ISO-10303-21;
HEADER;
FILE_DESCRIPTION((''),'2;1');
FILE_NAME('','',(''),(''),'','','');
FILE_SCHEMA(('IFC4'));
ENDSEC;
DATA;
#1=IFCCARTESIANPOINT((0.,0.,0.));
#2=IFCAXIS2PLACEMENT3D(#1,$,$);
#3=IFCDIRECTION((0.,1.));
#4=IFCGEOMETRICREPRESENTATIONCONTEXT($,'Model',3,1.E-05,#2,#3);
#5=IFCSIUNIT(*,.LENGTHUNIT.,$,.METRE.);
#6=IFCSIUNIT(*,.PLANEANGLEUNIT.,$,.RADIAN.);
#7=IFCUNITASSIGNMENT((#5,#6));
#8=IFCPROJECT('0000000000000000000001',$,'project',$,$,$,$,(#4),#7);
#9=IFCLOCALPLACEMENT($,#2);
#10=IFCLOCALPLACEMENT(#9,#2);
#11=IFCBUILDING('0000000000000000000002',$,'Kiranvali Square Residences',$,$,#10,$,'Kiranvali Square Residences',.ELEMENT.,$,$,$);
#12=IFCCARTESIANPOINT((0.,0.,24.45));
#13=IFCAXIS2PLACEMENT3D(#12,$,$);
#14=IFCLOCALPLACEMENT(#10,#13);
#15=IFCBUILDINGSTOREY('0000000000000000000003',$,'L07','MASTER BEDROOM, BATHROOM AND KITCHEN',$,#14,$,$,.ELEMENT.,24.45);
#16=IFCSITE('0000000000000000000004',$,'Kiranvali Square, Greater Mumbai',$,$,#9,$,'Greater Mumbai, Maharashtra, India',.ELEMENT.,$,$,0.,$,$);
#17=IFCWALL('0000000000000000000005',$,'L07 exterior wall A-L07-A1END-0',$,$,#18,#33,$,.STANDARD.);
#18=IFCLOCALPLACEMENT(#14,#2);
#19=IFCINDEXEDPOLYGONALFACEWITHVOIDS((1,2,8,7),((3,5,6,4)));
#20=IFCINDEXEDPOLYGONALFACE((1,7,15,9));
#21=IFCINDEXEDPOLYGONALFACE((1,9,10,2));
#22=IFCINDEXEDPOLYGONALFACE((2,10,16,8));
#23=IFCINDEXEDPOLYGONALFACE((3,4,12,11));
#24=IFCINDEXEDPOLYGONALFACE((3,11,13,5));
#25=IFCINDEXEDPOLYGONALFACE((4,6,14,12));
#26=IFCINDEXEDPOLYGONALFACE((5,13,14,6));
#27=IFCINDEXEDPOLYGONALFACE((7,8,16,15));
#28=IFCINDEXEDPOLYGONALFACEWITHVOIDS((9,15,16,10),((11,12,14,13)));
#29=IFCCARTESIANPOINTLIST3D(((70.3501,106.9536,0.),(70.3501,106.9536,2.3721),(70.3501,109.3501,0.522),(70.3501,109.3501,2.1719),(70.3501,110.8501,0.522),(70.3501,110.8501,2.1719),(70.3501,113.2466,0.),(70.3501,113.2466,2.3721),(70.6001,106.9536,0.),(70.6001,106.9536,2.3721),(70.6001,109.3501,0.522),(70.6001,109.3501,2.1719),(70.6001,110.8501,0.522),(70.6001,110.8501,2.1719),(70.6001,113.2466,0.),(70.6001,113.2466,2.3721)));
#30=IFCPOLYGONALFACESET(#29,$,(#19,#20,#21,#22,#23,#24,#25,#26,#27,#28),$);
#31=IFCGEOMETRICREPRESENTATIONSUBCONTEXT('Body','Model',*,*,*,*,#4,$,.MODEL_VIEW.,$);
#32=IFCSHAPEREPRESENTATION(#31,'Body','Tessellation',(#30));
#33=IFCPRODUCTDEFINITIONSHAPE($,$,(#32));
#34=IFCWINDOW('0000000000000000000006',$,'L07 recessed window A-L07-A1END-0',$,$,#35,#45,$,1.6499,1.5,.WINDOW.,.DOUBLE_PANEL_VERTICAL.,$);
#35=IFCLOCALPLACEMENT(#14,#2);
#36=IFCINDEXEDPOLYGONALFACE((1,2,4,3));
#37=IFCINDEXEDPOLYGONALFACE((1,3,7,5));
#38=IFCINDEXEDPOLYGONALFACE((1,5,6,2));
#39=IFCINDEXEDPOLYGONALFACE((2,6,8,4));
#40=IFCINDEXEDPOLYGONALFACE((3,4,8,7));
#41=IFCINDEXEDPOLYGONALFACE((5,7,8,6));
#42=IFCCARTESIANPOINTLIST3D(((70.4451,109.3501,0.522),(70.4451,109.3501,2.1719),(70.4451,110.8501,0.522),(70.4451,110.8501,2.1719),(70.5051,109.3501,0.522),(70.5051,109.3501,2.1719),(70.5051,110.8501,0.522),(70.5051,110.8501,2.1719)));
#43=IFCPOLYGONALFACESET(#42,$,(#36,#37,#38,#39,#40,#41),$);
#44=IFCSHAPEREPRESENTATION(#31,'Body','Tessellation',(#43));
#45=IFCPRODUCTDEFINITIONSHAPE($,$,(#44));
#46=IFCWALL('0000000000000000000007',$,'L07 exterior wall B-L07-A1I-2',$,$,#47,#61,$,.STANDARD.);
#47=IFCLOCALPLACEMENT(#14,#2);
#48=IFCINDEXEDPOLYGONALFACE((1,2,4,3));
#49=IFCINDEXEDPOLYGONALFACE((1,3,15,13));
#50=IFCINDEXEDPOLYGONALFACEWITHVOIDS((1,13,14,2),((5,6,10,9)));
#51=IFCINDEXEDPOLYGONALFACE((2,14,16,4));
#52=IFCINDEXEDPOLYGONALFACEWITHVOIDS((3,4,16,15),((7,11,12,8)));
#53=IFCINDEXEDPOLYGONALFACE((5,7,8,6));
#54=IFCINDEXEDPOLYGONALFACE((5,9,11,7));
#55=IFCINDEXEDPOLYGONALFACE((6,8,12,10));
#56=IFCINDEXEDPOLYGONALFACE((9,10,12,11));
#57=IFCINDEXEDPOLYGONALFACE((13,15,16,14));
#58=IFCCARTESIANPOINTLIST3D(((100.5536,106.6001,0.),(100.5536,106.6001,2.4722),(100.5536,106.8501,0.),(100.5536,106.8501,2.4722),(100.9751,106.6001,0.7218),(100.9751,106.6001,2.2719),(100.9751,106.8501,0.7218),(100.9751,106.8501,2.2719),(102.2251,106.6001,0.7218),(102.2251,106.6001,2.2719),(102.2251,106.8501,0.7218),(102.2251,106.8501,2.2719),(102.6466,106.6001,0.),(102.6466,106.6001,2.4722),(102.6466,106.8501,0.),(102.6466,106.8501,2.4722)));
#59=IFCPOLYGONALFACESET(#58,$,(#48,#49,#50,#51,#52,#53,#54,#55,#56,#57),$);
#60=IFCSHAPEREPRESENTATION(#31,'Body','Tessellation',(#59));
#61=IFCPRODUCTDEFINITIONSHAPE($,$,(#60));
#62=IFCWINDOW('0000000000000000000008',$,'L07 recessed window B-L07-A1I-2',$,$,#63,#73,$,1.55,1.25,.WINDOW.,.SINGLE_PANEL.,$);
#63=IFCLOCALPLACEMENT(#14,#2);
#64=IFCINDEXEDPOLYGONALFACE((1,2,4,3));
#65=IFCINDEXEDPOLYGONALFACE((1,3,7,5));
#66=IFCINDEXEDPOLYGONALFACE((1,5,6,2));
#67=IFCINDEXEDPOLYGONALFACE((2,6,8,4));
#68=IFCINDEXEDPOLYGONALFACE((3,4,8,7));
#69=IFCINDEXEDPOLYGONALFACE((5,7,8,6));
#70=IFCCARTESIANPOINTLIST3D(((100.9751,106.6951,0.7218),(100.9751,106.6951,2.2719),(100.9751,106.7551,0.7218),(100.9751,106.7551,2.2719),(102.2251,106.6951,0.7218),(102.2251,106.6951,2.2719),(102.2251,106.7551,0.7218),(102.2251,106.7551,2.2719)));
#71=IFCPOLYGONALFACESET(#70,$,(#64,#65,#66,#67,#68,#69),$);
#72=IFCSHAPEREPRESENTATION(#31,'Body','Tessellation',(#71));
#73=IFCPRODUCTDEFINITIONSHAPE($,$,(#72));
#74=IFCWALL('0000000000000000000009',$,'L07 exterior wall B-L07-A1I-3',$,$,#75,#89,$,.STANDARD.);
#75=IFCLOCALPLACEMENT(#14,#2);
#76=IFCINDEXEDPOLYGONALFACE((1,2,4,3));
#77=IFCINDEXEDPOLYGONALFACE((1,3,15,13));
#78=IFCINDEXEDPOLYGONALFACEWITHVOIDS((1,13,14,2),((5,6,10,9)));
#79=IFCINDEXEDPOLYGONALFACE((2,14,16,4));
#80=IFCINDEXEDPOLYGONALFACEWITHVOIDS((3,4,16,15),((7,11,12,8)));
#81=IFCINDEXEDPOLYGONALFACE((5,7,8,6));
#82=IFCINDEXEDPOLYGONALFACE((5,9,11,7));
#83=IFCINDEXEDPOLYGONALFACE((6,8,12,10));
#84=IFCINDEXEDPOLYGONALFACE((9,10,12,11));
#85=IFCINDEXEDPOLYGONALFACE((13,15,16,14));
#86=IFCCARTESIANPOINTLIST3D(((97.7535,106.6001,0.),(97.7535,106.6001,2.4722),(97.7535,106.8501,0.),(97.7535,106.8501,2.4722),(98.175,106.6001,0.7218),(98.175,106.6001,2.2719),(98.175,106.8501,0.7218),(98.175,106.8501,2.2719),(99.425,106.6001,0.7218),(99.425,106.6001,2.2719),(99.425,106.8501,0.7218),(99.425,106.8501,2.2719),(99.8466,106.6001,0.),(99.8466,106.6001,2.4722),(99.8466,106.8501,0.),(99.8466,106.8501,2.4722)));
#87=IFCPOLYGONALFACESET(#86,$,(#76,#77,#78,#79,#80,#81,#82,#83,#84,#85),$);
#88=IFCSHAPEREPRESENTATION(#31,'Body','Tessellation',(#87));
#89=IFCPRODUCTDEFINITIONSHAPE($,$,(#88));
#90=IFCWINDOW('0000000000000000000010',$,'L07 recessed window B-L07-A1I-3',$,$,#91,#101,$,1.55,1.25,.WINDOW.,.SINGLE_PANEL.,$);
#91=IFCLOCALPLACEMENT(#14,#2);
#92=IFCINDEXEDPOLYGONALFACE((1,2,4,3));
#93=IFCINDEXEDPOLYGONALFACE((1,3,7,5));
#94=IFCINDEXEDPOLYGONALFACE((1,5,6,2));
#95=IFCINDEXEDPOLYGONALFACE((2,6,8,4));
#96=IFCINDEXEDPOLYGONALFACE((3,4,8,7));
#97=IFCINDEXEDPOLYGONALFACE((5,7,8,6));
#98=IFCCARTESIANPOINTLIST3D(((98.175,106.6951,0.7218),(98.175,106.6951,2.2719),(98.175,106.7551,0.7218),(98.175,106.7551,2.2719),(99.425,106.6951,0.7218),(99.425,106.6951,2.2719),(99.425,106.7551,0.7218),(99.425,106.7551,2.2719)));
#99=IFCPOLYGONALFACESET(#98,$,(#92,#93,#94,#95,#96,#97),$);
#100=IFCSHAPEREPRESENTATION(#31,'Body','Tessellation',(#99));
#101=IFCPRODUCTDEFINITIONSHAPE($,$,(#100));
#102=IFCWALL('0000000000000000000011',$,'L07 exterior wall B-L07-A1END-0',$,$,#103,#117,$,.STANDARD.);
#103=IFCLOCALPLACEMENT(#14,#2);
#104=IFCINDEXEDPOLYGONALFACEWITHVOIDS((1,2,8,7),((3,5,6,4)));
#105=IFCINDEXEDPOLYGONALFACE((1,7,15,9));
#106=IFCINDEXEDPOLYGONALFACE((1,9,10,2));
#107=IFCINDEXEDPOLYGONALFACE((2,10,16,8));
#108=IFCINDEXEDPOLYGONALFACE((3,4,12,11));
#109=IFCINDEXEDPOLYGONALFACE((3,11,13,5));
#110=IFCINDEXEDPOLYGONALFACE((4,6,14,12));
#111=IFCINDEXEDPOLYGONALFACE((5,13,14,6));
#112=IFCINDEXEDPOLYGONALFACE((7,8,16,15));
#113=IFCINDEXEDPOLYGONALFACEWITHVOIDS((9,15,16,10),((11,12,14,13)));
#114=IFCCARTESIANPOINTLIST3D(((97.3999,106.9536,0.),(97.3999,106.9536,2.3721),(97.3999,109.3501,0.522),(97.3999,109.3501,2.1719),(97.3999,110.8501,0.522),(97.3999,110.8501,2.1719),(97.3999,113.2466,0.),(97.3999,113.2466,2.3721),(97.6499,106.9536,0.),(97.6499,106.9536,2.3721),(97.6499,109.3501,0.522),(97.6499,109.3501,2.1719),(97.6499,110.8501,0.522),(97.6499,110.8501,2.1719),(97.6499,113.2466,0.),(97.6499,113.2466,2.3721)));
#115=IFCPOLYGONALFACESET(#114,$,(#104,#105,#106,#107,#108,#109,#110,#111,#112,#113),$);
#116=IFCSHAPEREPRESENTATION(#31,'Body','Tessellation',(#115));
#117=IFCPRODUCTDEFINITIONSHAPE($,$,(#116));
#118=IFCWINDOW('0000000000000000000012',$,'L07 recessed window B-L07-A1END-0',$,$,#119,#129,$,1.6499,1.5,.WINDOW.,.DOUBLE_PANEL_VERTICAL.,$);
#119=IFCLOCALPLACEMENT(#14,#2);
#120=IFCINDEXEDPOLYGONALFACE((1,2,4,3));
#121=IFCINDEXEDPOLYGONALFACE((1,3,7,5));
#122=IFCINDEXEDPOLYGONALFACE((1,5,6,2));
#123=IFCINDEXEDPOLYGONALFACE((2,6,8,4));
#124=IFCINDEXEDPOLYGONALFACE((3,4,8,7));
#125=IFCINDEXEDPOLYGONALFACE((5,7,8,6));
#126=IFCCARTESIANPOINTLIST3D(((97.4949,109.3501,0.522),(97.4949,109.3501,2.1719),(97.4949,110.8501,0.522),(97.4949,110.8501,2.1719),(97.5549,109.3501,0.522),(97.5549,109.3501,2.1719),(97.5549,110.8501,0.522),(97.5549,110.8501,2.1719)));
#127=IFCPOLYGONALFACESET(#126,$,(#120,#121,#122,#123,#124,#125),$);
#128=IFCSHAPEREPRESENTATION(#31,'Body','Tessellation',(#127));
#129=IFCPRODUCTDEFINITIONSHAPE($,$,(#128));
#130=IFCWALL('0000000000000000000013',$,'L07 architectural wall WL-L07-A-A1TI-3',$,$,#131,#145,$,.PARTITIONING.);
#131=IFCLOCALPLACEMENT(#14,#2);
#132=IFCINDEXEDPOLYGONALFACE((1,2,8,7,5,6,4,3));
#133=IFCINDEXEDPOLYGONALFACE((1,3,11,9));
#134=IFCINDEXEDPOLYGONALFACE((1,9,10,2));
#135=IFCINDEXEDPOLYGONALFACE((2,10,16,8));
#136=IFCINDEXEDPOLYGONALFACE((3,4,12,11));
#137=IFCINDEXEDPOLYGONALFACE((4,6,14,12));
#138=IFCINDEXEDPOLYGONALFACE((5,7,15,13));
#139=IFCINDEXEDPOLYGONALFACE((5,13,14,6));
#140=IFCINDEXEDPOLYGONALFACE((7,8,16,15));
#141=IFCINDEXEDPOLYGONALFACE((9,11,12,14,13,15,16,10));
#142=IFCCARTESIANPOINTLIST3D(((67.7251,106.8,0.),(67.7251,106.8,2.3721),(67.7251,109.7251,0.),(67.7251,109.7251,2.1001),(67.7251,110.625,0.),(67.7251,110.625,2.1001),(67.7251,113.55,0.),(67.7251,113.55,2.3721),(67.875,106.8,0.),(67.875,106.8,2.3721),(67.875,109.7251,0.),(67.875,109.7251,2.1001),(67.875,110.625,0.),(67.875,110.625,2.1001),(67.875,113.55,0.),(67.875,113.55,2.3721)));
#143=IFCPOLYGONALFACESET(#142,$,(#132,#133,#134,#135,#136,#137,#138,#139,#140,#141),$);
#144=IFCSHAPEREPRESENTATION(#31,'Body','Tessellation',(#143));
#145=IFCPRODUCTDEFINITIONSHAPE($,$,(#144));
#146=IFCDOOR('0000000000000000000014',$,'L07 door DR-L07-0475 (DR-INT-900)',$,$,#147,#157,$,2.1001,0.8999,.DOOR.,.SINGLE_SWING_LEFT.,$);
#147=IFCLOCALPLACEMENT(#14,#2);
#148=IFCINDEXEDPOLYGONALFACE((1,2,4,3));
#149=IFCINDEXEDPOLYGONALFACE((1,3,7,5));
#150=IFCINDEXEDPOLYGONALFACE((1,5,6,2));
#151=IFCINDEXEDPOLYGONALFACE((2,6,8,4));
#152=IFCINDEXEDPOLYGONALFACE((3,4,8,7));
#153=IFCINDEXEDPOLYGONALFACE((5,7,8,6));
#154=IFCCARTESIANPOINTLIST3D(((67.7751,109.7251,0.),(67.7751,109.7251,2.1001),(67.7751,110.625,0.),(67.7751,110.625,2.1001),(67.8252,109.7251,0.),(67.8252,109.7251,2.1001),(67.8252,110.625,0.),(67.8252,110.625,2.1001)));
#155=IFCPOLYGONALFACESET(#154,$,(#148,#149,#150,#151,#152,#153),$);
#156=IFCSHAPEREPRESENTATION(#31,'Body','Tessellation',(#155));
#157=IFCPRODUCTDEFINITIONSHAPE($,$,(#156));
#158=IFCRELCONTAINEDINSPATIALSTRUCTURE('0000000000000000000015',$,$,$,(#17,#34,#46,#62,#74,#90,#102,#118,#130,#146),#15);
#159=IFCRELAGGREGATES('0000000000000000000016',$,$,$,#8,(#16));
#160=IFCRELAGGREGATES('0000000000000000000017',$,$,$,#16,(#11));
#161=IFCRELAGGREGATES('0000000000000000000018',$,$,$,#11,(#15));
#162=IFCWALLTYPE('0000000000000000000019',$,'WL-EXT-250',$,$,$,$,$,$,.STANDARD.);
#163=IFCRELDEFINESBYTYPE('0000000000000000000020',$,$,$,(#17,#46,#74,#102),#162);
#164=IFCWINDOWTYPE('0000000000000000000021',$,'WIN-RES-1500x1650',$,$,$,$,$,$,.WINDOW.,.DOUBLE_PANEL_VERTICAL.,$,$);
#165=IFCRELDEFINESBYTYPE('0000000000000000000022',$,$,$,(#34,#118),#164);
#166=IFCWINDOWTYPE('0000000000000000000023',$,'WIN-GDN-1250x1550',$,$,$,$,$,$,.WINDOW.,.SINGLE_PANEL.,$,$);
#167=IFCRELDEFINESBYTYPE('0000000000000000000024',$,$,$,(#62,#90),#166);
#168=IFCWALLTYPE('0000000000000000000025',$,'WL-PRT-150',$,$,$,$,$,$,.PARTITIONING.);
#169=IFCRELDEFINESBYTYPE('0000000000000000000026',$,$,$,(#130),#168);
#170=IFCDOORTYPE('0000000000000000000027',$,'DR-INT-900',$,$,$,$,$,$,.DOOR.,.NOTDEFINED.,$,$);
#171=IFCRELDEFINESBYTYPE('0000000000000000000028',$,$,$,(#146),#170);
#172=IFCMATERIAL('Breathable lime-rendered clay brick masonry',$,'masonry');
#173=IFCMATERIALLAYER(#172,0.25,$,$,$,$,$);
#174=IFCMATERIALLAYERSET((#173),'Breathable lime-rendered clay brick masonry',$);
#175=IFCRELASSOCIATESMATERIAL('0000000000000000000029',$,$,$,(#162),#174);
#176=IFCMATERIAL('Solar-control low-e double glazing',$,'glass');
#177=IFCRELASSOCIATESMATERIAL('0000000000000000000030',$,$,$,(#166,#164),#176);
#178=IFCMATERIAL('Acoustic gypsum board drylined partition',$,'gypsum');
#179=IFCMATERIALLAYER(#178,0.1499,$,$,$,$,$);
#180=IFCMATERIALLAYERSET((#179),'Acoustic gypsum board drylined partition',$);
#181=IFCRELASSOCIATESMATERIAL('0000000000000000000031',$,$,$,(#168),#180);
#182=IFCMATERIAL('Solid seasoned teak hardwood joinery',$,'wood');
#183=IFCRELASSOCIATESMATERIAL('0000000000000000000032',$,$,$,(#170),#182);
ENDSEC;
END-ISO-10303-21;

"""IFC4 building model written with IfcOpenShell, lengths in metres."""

from ifc_helpers import new_model, si_unit, direction, frame, frame_2d, origin, place, context, subcontext, project, spatial, rectangle, extrude, material, layer, layer_set, type_object, element, fill, save


model = new_model("IFC4")

# Units and contexts
model_context = context("Model", 3, precision=1e-05, world=origin(), true_north=direction((0.0, 1.0)))
body_context = subcontext(model_context, "Body", "Model", "MODEL_VIEW")
ifc_project = project(units=[si_unit("LENGTHUNIT", "METRE"), si_unit("PLANEANGLEUNIT", "RADIAN")], contexts=[model_context])

# Site, building, storey
site_placement = place(None, origin())
site = spatial("IfcSite", under=ifc_project, at=site_placement, Name="Kiranvali Square, Greater Mumbai", LongName="Greater Mumbai, Maharashtra, India", CompositionType="ELEMENT", RefElevation=0.0)
building_placement = place(site_placement, origin())
building = spatial("IfcBuilding", under=site, at=building_placement, Name="Kiranvali Square Residences", LongName="Kiranvali Square Residences", CompositionType="ELEMENT")
storey_placement = place(building_placement, frame((0.0, 0.0, 24.45)))
storey = spatial("IfcBuildingStorey", under=building, at=storey_placement, Name="L07", Description="MASTER BEDROOM, BATHROOM AND KITCHEN", CompositionType="ELEMENT", Elevation=24.45)

# Walls, openings, windows
ifc_material_1 = material(Name="Breathable lime-rendered clay brick masonry", Category="masonry")
ifc_layer_1 = layer(ifc_material_1, 0.25)
ifc_layer_set_1 = layer_set([ifc_layer_1], Name="Breathable lime-rendered clay brick masonry")
wall_type_1 = type_object("IfcWallType", Name="WL-EXT-250", PredefinedType="STANDARD", material=ifc_layer_set_1)
ifc_material_2 = material(Name="Solar-control low-e double glazing", Category="glass")
window_type_1 = type_object("IfcWindowType", Name="WIN-GDN-1250x1550", PartitioningType="SINGLE_PANEL", PredefinedType="WINDOW", material=ifc_material_2)
wall_1_placement = place(storey_placement, frame((70.4751, 106.9536, 0.0), z_axis=(0.0, 0.0, 1.0), x_axis=(0.0, 1.0, 0.0)))
wall_1 = element("IfcWall", 1, at=wall_1_placement, inside=storey, type_object=wall_type_1, Name="L07 exterior wall A-L07-A1END-0", PredefinedType="STANDARD", context=body_context, shape_type="SweptSolid", body=[
    extrude(rectangle(XDim=6.293, YDim=0.25, at=frame_2d((3.1465, 0.0))), origin(), (0.0, 0.0, 1.0), 2.3721),
])
opening_1_placement = place(wall_1_placement, frame((2.3965, 0.0, 0.522)))
opening_1 = element("IfcOpeningElement", 2, at=opening_1_placement, cuts=wall_1, PredefinedType="OPENING", context=body_context, shape_type="SweptSolid", body=[
    extrude(rectangle(XDim=1.5, YDim=1.6499, at=frame_2d((0.75, 0.825))), frame((0.0, 0.135, 0.0), z_axis=(0.0, -1.0, 0.0), x_axis=(1.0, 0.0, 0.0)), (0.0, 0.0, 1.0), 0.27),
])
window_type_2 = type_object("IfcWindowType", Name="WIN-RES-1500x1650", PartitioningType="DOUBLE_PANEL_VERTICAL", PredefinedType="WINDOW", material=ifc_material_2)
window_1_placement = place(opening_1_placement, origin())
window_1 = element("IfcWindow", 3, at=window_1_placement, inside=storey, type_object=window_type_2, Name="L07 recessed window A-L07-A1END-0", OverallHeight=1.6499, OverallWidth=1.5, PartitioningType="DOUBLE_PANEL_VERTICAL", PredefinedType="WINDOW", context=body_context, shape_type="SweptSolid", body=[
    extrude(rectangle(XDim=1.5, YDim=1.6499, at=frame_2d((0.75, 0.825))), frame((0.0, 0.03, 0.0), z_axis=(0.0, -1.0, 0.0), x_axis=(1.0, 0.0, 0.0)), (0.0, 0.0, 1.0), 0.0601),
])
fill(opening_1, window_1)
wall_2_placement = place(storey_placement, frame((102.6465, 106.7251, 0.0), z_axis=(0.0, 0.0, 1.0), x_axis=(-1.0, 0.0, 0.0)))
wall_2 = element("IfcWall", 4, at=wall_2_placement, inside=storey, type_object=wall_type_1, Name="L07 exterior wall B-L07-A1I-2", PredefinedType="STANDARD", context=body_context, shape_type="SweptSolid", body=[
    extrude(rectangle(XDim=2.093, YDim=0.25, at=frame_2d((1.0464, 0.0))), origin(), (0.0, 0.0, 1.0), 2.4722),
])
opening_2_placement = place(wall_2_placement, frame((0.4214, 0.0, 0.7219)))
opening_2 = element("IfcOpeningElement", 5, at=opening_2_placement, cuts=wall_2, PredefinedType="OPENING", context=body_context, shape_type="SweptSolid", body=[
    extrude(rectangle(XDim=1.25, YDim=1.55, at=frame_2d((0.625, 0.7749))), frame((0.0, 0.135, 0.0), z_axis=(0.0, -1.0, 0.0), x_axis=(1.0, 0.0, 0.0)), (0.0, 0.0, 1.0), 0.27),
])
window_2_placement = place(opening_2_placement, origin())
window_2 = element("IfcWindow", 6, at=window_2_placement, inside=storey, type_object=window_type_1, Name="L07 recessed window B-L07-A1I-2", OverallHeight=1.55, OverallWidth=1.25, PartitioningType="SINGLE_PANEL", PredefinedType="WINDOW", context=body_context, shape_type="SweptSolid", body=[
    extrude(rectangle(XDim=1.25, YDim=1.55, at=frame_2d((0.625, 0.7749))), frame((0.0, 0.03, 0.0), z_axis=(0.0, -1.0, 0.0), x_axis=(1.0, 0.0, 0.0)), (0.0, 0.0, 1.0), 0.0601),
])
fill(opening_2, window_2)
wall_3_placement = place(storey_placement, frame((99.8464, 106.7251, 0.0), z_axis=(0.0, 0.0, 1.0), x_axis=(-1.0, 0.0, 0.0)))
wall_3 = element("IfcWall", 7, at=wall_3_placement, inside=storey, type_object=wall_type_1, Name="L07 exterior wall B-L07-A1I-3", PredefinedType="STANDARD", context=body_context, shape_type="SweptSolid", body=[
    extrude(rectangle(XDim=2.093, YDim=0.25, at=frame_2d((1.0464, 0.0))), origin(), (0.0, 0.0, 1.0), 2.4722),
])
opening_3_placement = place(wall_3_placement, frame((0.4214, 0.0, 0.7219)))
opening_3 = element("IfcOpeningElement", 8, at=opening_3_placement, cuts=wall_3, PredefinedType="OPENING", context=body_context, shape_type="SweptSolid", body=[
    extrude(rectangle(XDim=1.25, YDim=1.55, at=frame_2d((0.625, 0.7749))), frame((0.0, 0.135, 0.0), z_axis=(0.0, -1.0, 0.0), x_axis=(1.0, 0.0, 0.0)), (0.0, 0.0, 1.0), 0.27),
])
window_3_placement = place(opening_3_placement, origin())
window_3 = element("IfcWindow", 9, at=window_3_placement, inside=storey, type_object=window_type_1, Name="L07 recessed window B-L07-A1I-3", OverallHeight=1.55, OverallWidth=1.25, PartitioningType="SINGLE_PANEL", PredefinedType="WINDOW", context=body_context, shape_type="SweptSolid", body=[
    extrude(rectangle(XDim=1.25, YDim=1.55, at=frame_2d((0.625, 0.7749))), frame((0.0, 0.03, 0.0), z_axis=(0.0, -1.0, 0.0), x_axis=(1.0, 0.0, 0.0)), (0.0, 0.0, 1.0), 0.0601),
])
fill(opening_3, window_3)
wall_4_placement = place(storey_placement, frame((97.5249, 106.9536, 0.0), z_axis=(0.0, 0.0, 1.0), x_axis=(0.0, 1.0, 0.0)))
wall_4 = element("IfcWall", 10, at=wall_4_placement, inside=storey, type_object=wall_type_1, Name="L07 exterior wall B-L07-A1END-0", PredefinedType="STANDARD", context=body_context, shape_type="SweptSolid", body=[
    extrude(rectangle(XDim=6.293, YDim=0.25, at=frame_2d((3.1465, 0.0))), origin(), (0.0, 0.0, 1.0), 2.3721),
])
opening_4_placement = place(wall_4_placement, frame((2.3965, 0.0, 0.522)))
opening_4 = element("IfcOpeningElement", 11, at=opening_4_placement, cuts=wall_4, PredefinedType="OPENING", context=body_context, shape_type="SweptSolid", body=[
    extrude(rectangle(XDim=1.5, YDim=1.6499, at=frame_2d((0.75, 0.825))), frame((0.0, 0.135, 0.0), z_axis=(0.0, -1.0, 0.0), x_axis=(1.0, 0.0, 0.0)), (0.0, 0.0, 1.0), 0.27),
])
window_4_placement = place(opening_4_placement, origin())
window_4 = element("IfcWindow", 12, at=window_4_placement, inside=storey, type_object=window_type_2, Name="L07 recessed window B-L07-A1END-0", OverallHeight=1.6499, OverallWidth=1.5, PartitioningType="DOUBLE_PANEL_VERTICAL", PredefinedType="WINDOW", context=body_context, shape_type="SweptSolid", body=[
    extrude(rectangle(XDim=1.5, YDim=1.6499, at=frame_2d((0.75, 0.825))), frame((0.0, 0.03, 0.0), z_axis=(0.0, -1.0, 0.0), x_axis=(1.0, 0.0, 0.0)), (0.0, 0.0, 1.0), 0.0601),
])
fill(opening_4, window_4)

# Wall, opening, door
ifc_material_3 = material(Name="Acoustic gypsum board drylined partition", Category="gypsum")
ifc_layer_2 = layer(ifc_material_3, 0.1499)
ifc_layer_set_2 = layer_set([ifc_layer_2], Name="Acoustic gypsum board drylined partition")
wall_type_2 = type_object("IfcWallType", Name="WL-PRT-150", PredefinedType="PARTITIONING", material=ifc_layer_set_2)
wall_5_placement = place(storey_placement, frame((67.8, 106.8, 0.0), z_axis=(0.0, 0.0, 1.0), x_axis=(0.0, 1.0, 0.0)))
wall_5 = element("IfcWall", 13, at=wall_5_placement, inside=storey, type_object=wall_type_2, Name="L07 architectural wall WL-L07-A-A1TI-3", PredefinedType="PARTITIONING", context=body_context, shape_type="SweptSolid", body=[
    extrude(rectangle(XDim=6.75, YDim=0.1499, at=frame_2d((3.375, 0.0))), origin(), (0.0, 0.0, 1.0), 2.3721),
])
opening_5_placement = place(wall_5_placement, frame((2.925, 0.0, 0.0)))
opening_5 = element("IfcOpeningElement", 14, at=opening_5_placement, cuts=wall_5, PredefinedType="OPENING", context=body_context, shape_type="SweptSolid", body=[
    extrude(rectangle(XDim=0.8999, YDim=2.1001, at=frame_2d((0.45, 1.05))), frame((0.0, 0.085, 0.0), z_axis=(0.0, -1.0, 0.0), x_axis=(1.0, 0.0, 0.0)), (0.0, 0.0, 1.0), 0.1699),
])
ifc_material_4 = material(Name="Solid seasoned teak hardwood joinery", Category="wood")
door_type = type_object("IfcDoorType", Name="DR-INT-900", OperationType="NOTDEFINED", PredefinedType="DOOR", material=ifc_material_4)
door_1_placement = place(opening_5_placement, origin())
door_1 = element("IfcDoor", 15, at=door_1_placement, inside=storey, type_object=door_type, Name="L07 door DR-L07-0475 (DR-INT-900)", OperationType="SINGLE_SWING_LEFT", OverallHeight=2.1001, OverallWidth=0.8999, PredefinedType="DOOR", context=body_context, shape_type="SweptSolid", body=[
    extrude(rectangle(XDim=0.8999, YDim=2.1001, at=frame_2d((0.45, 1.05))), frame((0.0, 0.0249, 0.0), z_axis=(0.0, -1.0, 0.0), x_axis=(1.0, 0.0, 0.0)), (0.0, 0.0, 1.0), 0.05),
])
fill(opening_5, door_1)

save(model, "model.ifc")
